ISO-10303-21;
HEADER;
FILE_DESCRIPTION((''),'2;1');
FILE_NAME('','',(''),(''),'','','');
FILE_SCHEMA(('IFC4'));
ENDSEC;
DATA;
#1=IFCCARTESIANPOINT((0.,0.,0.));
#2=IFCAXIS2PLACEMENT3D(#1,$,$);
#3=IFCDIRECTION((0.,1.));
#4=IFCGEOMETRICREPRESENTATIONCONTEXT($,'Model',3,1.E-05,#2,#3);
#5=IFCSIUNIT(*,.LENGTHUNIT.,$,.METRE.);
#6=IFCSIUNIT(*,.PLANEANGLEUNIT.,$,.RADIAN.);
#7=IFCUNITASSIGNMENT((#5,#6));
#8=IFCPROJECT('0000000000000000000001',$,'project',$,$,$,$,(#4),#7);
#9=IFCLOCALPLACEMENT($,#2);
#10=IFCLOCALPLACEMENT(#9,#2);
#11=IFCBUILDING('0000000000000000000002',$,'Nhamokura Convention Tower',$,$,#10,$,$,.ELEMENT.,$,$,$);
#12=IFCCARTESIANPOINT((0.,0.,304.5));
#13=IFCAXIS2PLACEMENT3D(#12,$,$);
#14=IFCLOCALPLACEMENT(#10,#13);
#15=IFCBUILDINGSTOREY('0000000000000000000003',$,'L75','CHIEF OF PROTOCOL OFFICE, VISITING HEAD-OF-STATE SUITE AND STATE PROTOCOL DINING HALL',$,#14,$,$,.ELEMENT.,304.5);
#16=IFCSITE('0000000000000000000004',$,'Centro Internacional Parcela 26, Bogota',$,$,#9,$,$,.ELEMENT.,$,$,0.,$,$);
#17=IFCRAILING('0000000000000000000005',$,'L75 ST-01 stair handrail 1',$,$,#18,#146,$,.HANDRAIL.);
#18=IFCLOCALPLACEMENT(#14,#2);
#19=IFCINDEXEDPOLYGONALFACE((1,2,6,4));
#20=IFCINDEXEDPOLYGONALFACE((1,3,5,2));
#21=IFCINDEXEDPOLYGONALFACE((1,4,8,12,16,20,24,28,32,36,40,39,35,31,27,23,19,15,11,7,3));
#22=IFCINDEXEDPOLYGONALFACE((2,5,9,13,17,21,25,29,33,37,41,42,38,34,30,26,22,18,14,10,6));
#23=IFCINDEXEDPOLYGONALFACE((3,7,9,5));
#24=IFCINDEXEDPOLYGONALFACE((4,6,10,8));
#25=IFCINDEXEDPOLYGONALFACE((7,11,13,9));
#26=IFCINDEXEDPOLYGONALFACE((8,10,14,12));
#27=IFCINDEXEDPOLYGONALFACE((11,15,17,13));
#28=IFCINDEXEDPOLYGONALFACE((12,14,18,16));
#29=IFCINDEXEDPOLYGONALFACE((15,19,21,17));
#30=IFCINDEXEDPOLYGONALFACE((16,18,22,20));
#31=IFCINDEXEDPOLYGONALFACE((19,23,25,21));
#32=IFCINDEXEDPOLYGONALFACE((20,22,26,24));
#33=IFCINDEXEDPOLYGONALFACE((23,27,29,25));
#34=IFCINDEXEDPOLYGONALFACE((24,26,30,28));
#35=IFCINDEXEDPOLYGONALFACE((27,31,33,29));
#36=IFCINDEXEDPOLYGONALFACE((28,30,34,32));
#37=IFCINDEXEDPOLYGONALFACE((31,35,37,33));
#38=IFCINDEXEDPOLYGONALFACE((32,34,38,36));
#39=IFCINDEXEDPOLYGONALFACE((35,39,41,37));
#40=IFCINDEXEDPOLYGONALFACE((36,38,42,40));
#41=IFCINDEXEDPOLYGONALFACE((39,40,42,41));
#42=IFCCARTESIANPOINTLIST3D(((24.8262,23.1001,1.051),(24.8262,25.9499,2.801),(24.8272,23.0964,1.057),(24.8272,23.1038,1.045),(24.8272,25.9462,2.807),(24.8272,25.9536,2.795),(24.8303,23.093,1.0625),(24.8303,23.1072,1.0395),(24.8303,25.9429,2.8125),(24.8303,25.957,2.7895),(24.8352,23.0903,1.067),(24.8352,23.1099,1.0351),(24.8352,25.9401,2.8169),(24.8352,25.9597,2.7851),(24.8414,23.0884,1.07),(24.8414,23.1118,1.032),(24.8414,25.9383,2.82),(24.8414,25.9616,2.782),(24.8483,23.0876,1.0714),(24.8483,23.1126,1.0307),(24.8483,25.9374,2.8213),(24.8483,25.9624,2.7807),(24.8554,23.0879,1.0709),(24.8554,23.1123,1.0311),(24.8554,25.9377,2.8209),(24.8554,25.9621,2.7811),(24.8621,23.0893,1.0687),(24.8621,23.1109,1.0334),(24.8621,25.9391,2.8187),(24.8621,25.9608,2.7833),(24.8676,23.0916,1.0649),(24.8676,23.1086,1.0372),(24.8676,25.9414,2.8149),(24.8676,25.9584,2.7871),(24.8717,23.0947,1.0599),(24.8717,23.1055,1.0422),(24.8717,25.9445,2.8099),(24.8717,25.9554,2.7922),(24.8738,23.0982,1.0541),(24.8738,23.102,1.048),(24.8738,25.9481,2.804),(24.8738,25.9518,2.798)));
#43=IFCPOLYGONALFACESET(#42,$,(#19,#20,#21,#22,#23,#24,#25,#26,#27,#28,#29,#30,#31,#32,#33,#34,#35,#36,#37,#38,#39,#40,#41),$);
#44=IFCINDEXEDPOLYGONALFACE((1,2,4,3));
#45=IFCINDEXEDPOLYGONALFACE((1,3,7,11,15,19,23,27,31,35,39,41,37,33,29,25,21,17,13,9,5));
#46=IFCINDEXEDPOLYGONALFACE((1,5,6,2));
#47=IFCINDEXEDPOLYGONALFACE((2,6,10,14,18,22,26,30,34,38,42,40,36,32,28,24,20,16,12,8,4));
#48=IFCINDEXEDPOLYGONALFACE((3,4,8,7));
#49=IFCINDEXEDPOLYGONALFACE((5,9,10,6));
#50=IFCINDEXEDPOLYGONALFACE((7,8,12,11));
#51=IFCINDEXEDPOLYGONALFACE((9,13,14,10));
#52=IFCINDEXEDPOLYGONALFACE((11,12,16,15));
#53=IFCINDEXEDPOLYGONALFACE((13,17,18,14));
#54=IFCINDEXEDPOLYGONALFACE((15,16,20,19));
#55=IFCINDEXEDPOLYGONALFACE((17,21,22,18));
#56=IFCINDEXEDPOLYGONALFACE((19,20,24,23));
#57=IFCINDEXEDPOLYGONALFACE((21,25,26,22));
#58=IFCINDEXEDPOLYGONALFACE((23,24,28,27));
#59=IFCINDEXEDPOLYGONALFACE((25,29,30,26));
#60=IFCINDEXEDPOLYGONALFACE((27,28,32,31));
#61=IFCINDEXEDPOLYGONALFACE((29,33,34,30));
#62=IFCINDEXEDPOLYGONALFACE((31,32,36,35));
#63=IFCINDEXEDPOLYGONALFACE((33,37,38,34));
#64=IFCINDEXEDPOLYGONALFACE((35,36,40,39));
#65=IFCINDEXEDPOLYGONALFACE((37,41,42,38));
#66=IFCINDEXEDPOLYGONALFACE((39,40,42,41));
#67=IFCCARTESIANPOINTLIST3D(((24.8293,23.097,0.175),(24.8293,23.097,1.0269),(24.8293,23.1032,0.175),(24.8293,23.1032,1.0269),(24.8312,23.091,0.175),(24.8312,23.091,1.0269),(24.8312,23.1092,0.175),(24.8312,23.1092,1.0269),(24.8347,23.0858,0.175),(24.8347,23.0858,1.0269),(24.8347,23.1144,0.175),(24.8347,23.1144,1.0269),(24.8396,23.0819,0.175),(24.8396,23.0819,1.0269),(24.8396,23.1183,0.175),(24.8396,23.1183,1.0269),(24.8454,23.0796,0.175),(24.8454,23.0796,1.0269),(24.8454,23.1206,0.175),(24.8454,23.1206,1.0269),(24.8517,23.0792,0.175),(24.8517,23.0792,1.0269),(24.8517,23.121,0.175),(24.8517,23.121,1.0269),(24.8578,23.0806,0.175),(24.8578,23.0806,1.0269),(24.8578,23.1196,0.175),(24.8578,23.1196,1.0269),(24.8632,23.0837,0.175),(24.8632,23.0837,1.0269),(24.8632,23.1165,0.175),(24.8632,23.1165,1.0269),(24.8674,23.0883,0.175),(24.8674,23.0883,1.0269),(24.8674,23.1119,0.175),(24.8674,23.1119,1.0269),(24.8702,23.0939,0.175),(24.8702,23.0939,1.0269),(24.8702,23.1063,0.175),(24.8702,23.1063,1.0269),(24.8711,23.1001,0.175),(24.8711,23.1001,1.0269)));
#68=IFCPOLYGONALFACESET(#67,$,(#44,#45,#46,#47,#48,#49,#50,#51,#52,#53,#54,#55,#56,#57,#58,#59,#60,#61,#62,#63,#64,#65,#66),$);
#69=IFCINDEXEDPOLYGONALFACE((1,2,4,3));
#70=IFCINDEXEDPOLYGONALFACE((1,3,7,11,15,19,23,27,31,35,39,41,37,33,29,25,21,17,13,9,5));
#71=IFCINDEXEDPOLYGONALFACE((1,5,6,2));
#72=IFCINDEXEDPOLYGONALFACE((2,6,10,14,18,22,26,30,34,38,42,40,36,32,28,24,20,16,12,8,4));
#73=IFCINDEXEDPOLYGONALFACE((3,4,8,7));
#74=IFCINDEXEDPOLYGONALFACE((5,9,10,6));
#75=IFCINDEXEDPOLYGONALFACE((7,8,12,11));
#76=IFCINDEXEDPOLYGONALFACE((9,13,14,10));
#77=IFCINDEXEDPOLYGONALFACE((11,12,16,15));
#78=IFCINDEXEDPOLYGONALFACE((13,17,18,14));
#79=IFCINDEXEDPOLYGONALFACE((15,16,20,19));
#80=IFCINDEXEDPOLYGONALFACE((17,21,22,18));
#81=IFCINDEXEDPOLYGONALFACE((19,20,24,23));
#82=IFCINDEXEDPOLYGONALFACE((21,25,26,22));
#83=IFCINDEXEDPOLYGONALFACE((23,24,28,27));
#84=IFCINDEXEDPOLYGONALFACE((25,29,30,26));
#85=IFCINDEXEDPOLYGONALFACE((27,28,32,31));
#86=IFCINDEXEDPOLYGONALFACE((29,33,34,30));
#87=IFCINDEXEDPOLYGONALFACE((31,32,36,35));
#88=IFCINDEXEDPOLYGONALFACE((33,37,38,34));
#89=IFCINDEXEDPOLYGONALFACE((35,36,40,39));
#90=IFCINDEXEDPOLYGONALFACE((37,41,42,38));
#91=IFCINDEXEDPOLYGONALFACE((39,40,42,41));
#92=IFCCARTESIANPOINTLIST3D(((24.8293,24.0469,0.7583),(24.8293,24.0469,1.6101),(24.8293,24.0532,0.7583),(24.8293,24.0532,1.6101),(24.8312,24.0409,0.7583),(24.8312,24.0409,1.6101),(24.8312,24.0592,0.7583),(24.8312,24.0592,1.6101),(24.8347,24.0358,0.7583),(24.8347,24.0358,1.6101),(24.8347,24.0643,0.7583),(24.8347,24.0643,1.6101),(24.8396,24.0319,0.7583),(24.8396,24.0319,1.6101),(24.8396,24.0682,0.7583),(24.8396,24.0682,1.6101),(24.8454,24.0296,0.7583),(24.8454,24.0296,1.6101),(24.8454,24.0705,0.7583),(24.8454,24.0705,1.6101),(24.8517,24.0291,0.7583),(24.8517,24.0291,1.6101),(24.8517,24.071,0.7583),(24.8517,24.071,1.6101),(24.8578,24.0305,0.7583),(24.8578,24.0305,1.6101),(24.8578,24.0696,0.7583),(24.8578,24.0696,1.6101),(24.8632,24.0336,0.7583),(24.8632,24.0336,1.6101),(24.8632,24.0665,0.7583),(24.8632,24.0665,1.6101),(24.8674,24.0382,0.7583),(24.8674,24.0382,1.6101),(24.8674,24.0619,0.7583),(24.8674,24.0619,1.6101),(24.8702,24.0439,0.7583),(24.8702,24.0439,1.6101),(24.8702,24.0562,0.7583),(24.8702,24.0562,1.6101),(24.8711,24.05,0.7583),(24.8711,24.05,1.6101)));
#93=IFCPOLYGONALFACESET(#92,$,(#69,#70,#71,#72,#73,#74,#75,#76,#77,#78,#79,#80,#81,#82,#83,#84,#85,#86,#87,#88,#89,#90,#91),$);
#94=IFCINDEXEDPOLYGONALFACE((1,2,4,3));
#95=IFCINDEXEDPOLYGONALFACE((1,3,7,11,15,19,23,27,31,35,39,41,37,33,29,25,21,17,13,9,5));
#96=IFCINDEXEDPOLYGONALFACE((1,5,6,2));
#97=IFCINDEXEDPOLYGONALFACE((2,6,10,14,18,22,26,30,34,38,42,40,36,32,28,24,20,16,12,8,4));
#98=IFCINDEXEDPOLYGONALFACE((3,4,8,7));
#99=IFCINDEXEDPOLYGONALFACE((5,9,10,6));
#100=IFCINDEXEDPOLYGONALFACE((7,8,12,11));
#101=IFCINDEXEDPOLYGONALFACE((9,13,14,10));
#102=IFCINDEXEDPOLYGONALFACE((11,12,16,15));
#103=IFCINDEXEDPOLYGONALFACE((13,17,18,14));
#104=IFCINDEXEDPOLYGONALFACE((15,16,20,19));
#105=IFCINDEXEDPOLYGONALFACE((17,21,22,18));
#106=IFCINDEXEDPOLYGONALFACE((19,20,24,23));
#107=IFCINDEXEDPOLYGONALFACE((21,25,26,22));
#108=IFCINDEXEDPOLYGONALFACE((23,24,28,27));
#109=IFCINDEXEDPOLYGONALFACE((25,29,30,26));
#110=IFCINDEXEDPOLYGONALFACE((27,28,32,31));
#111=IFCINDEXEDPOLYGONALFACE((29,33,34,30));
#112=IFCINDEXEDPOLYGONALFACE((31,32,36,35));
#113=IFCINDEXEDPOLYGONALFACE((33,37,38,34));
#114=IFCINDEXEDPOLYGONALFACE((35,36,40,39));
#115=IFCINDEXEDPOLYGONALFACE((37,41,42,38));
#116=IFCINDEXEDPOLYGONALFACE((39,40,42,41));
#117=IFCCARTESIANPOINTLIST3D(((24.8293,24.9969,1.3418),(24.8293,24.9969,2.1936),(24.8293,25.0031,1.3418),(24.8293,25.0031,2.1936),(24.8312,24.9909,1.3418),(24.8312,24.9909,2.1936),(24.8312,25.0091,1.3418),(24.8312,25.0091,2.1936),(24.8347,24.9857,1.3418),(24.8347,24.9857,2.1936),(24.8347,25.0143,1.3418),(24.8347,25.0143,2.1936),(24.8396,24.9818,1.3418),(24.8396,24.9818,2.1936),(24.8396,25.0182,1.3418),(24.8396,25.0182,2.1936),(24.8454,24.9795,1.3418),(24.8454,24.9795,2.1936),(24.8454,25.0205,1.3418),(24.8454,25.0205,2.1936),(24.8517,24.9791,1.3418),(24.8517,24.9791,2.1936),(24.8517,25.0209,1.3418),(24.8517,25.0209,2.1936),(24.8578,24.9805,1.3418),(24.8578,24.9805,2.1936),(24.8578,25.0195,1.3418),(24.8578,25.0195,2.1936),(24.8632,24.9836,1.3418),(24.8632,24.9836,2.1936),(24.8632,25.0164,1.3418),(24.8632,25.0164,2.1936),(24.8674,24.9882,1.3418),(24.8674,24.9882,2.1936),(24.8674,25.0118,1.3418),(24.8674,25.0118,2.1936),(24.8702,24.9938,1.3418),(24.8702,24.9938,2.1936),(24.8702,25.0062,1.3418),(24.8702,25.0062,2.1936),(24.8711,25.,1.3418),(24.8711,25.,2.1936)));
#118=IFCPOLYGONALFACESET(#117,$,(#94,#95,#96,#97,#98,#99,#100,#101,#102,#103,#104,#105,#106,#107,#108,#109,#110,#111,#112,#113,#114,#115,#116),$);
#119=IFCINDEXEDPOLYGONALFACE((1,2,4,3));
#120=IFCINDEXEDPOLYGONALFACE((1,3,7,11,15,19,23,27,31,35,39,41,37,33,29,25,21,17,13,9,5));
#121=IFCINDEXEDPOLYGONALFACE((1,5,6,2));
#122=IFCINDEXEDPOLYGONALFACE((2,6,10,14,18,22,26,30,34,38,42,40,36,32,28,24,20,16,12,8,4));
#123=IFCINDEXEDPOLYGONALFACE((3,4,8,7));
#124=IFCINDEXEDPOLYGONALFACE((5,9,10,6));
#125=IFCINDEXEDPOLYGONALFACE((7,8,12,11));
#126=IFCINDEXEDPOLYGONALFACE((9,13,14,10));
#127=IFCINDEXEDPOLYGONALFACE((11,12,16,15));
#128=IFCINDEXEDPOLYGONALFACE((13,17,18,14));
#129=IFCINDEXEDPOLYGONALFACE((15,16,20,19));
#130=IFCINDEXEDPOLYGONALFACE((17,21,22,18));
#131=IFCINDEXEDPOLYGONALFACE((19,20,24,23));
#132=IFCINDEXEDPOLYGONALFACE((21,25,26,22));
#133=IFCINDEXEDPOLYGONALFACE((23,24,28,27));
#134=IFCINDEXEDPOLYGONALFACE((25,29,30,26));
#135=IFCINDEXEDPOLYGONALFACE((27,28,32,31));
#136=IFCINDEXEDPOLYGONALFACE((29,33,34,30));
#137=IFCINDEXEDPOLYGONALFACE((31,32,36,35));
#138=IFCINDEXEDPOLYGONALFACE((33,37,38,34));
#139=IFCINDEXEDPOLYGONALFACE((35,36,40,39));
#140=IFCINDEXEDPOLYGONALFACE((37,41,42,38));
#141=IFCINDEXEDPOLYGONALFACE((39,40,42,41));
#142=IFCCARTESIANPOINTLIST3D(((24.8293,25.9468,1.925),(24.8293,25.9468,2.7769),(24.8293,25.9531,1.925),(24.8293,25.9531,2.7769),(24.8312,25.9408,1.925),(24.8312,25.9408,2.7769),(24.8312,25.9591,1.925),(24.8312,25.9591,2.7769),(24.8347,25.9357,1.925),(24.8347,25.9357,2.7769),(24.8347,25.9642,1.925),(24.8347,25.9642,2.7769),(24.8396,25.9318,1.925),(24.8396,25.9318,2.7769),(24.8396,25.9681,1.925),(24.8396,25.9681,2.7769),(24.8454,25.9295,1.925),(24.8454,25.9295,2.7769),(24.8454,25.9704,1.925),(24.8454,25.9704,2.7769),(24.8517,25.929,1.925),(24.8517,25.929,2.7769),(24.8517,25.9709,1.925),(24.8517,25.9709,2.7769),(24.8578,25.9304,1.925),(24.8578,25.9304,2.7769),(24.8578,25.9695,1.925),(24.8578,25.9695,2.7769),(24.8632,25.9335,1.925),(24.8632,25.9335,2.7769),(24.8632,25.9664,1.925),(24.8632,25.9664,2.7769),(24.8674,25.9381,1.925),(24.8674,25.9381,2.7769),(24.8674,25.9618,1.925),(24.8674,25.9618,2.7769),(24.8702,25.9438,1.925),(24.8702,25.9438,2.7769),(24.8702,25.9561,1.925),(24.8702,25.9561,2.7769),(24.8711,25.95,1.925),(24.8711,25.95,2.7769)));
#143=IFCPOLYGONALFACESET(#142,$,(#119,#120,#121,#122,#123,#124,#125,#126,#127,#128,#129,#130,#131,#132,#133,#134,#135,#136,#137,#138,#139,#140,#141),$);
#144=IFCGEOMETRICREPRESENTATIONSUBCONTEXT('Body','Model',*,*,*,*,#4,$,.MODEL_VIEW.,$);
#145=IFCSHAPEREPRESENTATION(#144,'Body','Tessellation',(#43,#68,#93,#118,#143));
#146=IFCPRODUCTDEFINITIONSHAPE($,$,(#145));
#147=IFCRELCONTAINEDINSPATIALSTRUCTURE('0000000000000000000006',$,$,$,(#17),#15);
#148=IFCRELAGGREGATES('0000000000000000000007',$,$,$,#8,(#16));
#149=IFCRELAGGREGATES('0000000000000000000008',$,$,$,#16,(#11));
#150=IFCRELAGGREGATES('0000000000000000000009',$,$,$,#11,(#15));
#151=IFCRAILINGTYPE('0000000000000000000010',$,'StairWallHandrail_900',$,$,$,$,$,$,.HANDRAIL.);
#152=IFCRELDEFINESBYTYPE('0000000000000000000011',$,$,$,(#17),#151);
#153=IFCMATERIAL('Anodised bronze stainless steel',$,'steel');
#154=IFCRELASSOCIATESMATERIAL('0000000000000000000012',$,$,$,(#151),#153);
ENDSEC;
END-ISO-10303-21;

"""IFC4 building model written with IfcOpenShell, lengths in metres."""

from ifc_helpers import new_model, si_unit, direction, frame, origin, origin_2d, place, context, subcontext, project, spatial, circle, extrude, material, type_object, element, save


model = new_model("IFC4")

# Units and contexts
model_context = context("Model", 3, precision=1e-05, world=origin(), true_north=direction((0.0, 1.0)))
body_context = subcontext(model_context, "Body", "Model", "MODEL_VIEW")
ifc_project = project(units=[si_unit("LENGTHUNIT", "METRE"), si_unit("PLANEANGLEUNIT", "RADIAN")], contexts=[model_context])

# Site, building, storey
site_placement = place(None, origin())
site = spatial("IfcSite", under=ifc_project, at=site_placement, Name="Centro Internacional Parcela 26, Bogota", CompositionType="ELEMENT", RefElevation=0.0)
building_placement = place(site_placement, origin())
building = spatial("IfcBuilding", under=site, at=building_placement, Name="Nhamokura Convention Tower", CompositionType="ELEMENT")
storey_placement = place(building_placement, frame((0.0, 0.0, 304.5)))
storey = spatial("IfcBuildingStorey", under=building, at=storey_placement, Name="L75", Description="CHIEF OF PROTOCOL OFFICE, VISITING HEAD-OF-STATE SUITE AND STATE PROTOCOL DINING HALL", CompositionType="ELEMENT", Elevation=304.5)

# Railing
ifc_material_1 = material(Name="Anodised bronze stainless steel", Category="steel")
railing_type_1 = type_object("IfcRailingType", Name="StairWallHandrail_900", PredefinedType="HANDRAIL", material=ifc_material_1)
railing_1_placement = place(storey_placement, frame((24.8501, 23.1001, 0.175)))
element("IfcRailing", 1, at=railing_1_placement, inside=storey, type_object=railing_type_1, Name="L75 ST-01 stair handrail 1", PredefinedType="HANDRAIL", context=body_context, shape_type="SweptSolid", body=[
    extrude(circle(Radius=0.0239, at=origin_2d()), frame((0.0, 0.0, 0.876), z_axis=(0.0, 0.852159, 0.523283), x_axis=(-1.0, 0.0, 0.0)), (0.0, 0.0, 1.0), 3.3442),
    extrude(circle(Radius=0.021, at=origin_2d()), origin(), (0.0, 0.0, 1.0), 0.8518),
    extrude(circle(Radius=0.021, at=origin_2d()), frame((0.0, 0.95, 0.5833)), (0.0, 0.0, 1.0), 0.8518),
    extrude(circle(Radius=0.021, at=origin_2d()), frame((0.0, 1.8999, 1.1667)), (0.0, 0.0, 1.0), 0.8518),
    extrude(circle(Radius=0.021, at=origin_2d()), frame((0.0, 2.8499, 1.75)), (0.0, 0.0, 1.0), 0.8518),
])

save(model, "model.ifc")
